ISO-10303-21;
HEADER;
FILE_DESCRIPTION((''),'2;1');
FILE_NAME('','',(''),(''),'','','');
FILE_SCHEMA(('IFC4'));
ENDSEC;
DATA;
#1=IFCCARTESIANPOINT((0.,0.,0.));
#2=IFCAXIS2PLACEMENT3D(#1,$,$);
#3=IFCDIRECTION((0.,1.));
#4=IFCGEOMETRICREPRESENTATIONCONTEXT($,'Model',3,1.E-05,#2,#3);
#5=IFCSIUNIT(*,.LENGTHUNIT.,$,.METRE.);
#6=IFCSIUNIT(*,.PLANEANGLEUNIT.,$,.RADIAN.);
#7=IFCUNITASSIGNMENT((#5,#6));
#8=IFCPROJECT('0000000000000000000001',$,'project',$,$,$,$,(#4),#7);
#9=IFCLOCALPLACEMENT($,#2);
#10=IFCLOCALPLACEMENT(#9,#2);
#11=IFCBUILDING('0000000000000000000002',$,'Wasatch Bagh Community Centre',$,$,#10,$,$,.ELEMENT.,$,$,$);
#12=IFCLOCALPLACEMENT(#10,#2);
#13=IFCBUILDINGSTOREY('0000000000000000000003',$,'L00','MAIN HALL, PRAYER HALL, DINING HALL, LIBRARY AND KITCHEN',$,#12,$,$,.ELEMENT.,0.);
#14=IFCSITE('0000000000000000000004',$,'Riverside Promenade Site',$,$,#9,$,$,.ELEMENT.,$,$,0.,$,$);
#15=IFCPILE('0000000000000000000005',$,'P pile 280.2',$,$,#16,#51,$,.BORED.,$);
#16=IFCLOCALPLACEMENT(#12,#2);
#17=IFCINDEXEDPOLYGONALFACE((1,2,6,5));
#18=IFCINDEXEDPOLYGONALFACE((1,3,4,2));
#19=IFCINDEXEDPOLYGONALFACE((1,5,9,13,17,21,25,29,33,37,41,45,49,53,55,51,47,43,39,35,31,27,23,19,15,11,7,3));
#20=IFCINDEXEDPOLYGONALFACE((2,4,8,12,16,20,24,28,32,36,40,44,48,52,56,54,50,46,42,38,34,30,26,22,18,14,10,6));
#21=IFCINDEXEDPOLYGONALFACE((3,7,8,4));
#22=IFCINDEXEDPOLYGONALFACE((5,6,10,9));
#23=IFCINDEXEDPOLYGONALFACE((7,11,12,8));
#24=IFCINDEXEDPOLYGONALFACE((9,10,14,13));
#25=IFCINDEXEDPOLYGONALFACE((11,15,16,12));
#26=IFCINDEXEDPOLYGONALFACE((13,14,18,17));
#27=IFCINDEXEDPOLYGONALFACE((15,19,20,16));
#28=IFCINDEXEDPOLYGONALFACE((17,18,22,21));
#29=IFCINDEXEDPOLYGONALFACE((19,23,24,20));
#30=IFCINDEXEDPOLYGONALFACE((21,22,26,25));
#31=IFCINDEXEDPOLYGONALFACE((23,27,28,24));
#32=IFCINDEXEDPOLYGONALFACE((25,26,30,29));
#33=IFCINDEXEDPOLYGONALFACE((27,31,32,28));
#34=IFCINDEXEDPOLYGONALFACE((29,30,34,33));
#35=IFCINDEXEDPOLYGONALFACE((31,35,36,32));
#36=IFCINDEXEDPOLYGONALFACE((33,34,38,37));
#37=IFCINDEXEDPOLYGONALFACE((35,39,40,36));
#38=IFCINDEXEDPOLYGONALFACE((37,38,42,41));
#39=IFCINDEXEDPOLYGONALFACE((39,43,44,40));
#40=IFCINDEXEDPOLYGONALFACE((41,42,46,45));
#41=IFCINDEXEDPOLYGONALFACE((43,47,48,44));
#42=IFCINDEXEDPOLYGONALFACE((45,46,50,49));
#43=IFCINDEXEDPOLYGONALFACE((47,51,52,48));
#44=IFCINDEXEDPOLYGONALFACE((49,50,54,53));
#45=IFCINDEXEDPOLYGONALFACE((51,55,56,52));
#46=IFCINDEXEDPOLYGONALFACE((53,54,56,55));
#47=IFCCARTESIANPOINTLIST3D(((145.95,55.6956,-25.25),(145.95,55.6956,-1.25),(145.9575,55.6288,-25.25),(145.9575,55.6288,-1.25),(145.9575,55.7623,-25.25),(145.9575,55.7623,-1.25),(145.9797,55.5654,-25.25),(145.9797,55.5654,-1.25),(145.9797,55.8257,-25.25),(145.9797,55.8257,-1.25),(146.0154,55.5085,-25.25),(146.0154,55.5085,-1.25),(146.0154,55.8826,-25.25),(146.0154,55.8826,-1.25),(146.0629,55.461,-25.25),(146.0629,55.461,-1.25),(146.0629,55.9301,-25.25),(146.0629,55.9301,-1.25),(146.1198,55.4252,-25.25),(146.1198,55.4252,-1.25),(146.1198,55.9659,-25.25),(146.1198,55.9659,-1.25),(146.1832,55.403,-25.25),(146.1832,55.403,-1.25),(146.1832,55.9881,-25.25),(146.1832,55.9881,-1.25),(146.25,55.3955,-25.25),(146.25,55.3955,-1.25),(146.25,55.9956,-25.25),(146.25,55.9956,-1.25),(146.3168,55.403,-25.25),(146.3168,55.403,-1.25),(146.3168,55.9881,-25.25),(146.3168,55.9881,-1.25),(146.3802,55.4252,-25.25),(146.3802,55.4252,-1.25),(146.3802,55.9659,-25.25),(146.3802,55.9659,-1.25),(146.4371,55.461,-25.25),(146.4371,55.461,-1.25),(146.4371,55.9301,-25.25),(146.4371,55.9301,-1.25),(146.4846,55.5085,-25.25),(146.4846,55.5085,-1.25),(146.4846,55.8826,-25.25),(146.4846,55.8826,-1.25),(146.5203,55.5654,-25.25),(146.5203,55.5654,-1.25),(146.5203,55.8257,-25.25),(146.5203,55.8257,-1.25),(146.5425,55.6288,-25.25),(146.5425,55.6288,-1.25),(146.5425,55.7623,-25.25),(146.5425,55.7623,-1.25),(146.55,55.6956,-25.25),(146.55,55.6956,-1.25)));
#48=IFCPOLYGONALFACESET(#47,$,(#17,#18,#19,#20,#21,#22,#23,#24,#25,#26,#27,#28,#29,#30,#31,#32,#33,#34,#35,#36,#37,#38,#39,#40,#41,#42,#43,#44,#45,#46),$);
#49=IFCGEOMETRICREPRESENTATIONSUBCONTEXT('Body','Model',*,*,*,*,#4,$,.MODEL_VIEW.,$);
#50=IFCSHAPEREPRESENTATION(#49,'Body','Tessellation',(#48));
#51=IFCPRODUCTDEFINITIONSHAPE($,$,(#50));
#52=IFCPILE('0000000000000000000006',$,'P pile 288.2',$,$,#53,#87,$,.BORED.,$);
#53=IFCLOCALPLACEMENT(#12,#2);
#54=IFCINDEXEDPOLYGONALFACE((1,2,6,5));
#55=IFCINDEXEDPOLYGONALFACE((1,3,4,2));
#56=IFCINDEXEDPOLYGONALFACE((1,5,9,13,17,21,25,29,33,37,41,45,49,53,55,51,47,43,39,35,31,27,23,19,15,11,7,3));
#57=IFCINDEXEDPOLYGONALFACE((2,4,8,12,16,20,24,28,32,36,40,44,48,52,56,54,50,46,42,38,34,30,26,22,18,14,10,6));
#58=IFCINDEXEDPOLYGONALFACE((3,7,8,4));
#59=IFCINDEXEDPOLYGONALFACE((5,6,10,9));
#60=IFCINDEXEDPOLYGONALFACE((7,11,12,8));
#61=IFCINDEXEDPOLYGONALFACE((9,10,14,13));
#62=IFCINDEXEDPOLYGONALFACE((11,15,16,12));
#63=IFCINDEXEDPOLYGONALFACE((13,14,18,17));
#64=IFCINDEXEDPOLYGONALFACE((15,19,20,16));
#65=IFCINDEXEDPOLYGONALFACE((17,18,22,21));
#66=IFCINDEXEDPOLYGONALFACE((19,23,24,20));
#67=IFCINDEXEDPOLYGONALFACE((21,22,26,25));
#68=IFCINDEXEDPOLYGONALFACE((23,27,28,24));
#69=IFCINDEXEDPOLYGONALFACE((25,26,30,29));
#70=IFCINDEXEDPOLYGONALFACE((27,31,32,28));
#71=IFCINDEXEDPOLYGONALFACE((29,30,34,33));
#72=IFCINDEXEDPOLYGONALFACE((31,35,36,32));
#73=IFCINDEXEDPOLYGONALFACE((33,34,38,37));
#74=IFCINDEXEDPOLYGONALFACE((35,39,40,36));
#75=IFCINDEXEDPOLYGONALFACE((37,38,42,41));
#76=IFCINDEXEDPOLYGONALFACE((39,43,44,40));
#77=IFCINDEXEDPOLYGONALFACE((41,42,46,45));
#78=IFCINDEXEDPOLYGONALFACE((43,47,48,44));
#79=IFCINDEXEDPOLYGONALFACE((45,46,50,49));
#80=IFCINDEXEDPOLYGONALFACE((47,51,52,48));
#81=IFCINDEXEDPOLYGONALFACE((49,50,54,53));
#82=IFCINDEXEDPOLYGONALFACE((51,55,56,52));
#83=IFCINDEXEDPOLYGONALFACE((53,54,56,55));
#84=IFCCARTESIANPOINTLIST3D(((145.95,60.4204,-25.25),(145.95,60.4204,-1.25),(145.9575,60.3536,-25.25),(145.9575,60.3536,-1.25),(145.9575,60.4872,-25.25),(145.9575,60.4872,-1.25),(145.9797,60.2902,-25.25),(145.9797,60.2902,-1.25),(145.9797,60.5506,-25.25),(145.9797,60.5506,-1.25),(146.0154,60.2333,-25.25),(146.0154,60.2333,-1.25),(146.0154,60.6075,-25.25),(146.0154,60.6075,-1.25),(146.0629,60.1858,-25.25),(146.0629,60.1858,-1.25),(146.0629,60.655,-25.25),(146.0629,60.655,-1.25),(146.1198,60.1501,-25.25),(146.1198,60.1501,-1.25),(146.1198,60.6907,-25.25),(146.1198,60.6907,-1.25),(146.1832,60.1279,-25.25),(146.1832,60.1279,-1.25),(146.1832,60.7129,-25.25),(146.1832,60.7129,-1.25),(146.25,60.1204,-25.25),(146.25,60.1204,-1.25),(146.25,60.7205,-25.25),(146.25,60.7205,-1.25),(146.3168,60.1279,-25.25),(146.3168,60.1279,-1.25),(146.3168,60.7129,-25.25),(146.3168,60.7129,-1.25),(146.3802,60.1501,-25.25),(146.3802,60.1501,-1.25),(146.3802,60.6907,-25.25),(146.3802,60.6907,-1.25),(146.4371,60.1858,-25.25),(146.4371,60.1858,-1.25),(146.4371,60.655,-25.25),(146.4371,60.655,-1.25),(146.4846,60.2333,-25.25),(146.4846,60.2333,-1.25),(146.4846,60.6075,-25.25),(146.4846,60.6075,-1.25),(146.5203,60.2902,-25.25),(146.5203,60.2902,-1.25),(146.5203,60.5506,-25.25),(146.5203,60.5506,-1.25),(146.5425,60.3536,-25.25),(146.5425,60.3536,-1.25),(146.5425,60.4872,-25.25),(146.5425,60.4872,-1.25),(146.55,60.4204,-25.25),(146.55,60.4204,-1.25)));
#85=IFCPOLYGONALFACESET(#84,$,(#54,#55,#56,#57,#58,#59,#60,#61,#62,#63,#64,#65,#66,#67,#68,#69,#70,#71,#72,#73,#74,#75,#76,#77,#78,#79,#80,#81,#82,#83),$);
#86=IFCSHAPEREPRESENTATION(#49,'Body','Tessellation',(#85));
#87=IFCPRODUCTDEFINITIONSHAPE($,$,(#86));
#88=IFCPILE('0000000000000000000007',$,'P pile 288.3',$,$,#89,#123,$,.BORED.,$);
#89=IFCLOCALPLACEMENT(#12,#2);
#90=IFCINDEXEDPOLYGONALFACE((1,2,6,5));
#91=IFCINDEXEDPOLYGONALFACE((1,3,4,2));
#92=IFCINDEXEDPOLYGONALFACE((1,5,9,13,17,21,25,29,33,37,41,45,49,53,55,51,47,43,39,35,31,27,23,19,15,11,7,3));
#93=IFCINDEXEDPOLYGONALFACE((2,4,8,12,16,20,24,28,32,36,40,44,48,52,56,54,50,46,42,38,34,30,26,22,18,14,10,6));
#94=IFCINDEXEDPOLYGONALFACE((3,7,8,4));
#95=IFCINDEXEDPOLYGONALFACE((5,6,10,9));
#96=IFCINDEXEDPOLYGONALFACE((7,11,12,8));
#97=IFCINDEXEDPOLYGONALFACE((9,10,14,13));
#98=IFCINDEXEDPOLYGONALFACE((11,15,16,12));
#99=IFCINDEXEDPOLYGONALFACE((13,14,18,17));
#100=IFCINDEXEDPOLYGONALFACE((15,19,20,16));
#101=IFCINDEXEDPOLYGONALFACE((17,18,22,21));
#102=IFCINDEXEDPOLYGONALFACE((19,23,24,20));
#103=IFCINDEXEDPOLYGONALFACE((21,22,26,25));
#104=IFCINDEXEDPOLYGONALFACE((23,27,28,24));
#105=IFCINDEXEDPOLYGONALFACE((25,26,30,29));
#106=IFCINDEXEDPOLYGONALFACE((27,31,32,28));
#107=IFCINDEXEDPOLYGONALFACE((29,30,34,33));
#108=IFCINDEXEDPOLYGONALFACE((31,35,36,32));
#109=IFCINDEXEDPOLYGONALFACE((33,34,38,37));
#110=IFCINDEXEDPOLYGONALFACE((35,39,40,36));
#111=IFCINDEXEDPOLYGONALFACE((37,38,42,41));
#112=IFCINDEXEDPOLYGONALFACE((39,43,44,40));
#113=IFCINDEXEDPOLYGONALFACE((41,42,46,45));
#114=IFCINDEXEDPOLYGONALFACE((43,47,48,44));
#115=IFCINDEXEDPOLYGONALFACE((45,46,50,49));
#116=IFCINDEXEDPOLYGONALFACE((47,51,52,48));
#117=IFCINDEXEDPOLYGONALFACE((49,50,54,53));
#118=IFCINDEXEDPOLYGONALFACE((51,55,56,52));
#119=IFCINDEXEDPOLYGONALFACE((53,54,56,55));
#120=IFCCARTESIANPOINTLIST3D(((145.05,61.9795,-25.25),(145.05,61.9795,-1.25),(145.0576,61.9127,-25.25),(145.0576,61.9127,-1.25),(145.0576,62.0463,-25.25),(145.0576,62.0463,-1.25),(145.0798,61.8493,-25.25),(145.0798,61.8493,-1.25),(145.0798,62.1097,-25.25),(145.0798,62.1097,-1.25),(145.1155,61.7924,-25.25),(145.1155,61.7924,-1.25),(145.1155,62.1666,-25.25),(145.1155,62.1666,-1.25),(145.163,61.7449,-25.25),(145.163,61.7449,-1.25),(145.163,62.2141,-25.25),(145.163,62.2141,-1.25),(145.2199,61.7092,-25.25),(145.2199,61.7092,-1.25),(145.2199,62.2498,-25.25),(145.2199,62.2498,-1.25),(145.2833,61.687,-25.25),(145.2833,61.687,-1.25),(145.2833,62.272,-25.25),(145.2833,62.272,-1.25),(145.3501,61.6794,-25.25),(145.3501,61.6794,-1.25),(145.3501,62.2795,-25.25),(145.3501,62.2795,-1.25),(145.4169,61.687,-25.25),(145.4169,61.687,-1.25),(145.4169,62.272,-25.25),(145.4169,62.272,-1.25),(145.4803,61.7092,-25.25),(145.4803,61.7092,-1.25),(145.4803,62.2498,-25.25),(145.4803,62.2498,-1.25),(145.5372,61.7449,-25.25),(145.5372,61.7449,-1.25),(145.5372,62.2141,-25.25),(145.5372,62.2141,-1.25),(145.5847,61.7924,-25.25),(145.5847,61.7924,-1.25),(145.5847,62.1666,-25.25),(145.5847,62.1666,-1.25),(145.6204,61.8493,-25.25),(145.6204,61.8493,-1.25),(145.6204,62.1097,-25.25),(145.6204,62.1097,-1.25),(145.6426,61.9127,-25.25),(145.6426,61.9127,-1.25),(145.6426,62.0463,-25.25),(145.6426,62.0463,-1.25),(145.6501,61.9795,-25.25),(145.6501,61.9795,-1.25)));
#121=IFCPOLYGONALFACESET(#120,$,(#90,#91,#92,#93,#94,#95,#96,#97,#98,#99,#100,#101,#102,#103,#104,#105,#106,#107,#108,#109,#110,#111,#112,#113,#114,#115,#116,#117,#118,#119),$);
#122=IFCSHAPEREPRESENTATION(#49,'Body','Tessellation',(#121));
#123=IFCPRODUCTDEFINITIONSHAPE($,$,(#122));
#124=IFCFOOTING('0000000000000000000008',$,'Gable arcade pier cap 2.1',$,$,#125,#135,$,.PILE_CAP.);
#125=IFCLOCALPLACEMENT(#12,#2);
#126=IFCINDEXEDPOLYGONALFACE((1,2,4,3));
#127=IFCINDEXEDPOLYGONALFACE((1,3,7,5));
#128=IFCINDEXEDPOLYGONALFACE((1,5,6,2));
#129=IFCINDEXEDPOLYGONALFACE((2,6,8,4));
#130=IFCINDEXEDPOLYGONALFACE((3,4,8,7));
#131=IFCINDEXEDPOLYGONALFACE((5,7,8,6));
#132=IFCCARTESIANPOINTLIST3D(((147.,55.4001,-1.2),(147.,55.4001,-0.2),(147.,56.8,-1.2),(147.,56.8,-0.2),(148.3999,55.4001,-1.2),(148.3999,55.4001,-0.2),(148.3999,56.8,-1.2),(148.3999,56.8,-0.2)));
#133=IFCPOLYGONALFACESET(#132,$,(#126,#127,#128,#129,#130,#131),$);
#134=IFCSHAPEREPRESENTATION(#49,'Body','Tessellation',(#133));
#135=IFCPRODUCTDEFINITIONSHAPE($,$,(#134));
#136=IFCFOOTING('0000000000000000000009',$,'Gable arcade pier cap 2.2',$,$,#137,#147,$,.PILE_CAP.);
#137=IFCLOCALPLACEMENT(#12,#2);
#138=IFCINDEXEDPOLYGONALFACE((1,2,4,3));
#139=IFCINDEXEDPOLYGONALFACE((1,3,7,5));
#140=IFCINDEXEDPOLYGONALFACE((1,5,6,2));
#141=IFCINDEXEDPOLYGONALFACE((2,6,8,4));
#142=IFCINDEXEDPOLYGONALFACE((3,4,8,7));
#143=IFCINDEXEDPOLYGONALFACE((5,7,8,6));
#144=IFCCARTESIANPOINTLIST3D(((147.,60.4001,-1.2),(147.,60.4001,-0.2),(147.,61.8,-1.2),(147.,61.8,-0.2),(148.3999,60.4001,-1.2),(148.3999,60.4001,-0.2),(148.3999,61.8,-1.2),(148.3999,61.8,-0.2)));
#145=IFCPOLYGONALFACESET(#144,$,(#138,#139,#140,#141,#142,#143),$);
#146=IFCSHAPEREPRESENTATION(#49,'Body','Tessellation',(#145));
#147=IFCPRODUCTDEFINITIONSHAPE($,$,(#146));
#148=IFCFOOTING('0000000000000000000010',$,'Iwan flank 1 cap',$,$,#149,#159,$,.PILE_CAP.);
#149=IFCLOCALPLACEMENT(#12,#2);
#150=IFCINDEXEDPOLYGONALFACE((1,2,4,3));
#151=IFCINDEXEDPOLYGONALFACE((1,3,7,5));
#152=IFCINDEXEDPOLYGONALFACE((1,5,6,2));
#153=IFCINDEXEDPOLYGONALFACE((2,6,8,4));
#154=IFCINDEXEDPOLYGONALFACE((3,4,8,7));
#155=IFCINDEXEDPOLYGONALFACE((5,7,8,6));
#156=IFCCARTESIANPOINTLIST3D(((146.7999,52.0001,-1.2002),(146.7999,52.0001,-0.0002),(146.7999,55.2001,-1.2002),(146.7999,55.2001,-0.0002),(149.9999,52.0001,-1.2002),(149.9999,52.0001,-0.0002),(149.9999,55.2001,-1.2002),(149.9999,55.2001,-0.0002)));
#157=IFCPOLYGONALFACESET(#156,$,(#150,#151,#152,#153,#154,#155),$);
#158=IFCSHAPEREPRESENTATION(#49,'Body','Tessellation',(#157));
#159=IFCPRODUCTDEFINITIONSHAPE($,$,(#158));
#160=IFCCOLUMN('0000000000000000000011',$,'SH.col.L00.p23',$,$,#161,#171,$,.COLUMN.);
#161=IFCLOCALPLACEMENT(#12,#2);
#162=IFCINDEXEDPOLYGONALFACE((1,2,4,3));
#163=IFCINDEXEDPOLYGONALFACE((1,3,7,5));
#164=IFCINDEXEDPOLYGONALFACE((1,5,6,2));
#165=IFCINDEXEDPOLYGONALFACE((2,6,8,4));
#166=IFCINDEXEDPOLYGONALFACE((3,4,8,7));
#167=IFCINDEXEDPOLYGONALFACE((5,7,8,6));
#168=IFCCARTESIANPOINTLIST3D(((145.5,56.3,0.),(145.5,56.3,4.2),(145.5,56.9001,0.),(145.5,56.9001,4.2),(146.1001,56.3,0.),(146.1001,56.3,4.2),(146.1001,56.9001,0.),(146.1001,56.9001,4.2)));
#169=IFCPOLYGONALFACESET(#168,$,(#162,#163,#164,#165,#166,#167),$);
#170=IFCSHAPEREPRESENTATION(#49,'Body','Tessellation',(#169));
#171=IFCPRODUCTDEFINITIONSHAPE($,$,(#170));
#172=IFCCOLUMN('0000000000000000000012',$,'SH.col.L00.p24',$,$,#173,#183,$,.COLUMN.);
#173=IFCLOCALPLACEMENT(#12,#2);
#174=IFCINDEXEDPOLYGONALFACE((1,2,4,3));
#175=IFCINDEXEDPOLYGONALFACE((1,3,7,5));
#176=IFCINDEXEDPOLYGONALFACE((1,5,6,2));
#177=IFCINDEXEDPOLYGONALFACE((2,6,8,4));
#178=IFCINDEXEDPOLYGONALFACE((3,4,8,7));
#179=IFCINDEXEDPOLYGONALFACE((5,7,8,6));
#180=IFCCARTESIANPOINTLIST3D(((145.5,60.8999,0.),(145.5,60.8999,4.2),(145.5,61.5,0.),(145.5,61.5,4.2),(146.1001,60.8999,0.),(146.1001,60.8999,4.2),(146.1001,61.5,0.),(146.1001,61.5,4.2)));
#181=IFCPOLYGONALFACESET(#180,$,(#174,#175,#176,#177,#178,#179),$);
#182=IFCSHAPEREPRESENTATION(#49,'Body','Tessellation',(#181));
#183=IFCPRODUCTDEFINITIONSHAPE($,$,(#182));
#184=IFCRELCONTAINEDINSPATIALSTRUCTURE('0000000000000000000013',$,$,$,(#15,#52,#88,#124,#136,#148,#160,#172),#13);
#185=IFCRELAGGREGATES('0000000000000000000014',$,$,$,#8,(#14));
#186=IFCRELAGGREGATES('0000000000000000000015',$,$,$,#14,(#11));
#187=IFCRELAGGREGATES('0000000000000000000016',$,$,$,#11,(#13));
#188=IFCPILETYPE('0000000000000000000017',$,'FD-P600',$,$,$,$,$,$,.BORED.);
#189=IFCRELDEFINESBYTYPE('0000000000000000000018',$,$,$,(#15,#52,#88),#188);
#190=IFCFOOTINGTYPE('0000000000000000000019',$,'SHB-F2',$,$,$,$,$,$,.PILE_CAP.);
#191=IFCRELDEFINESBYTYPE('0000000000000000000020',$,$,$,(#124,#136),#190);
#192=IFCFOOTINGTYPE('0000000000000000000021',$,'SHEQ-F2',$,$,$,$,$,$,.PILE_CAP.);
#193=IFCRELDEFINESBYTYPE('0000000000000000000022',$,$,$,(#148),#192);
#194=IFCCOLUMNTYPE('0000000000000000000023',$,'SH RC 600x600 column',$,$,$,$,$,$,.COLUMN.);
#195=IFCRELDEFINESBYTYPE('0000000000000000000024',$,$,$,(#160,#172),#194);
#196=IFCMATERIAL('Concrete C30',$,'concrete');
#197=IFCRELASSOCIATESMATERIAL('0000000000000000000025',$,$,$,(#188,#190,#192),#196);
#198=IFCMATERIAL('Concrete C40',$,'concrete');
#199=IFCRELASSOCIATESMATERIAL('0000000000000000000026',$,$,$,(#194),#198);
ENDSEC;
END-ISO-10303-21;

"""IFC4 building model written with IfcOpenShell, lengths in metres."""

from ifc_helpers import new_model, si_unit, direction, frame, origin, origin_2d, place, context, subcontext, project, spatial, rectangle, circle, extrude, material, material_profile, profile_set, type_object, element, save


model = new_model("IFC4")

# Units and contexts
model_context = context("Model", 3, precision=1e-05, world=origin(), true_north=direction((0.0, 1.0)))
body_context = subcontext(model_context, "Body", "Model", "MODEL_VIEW")
ifc_project = project(units=[si_unit("LENGTHUNIT", "METRE"), si_unit("PLANEANGLEUNIT", "RADIAN")], contexts=[model_context])

# Site, building, storey
site_placement = place(None, origin())
site = spatial("IfcSite", under=ifc_project, at=site_placement, Name="Riverside Promenade Site", CompositionType="ELEMENT", RefElevation=0.0)
building_placement = place(site_placement, origin())
building = spatial("IfcBuilding", under=site, at=building_placement, Name="Wasatch Bagh Community Centre", CompositionType="ELEMENT")
storey_placement = place(building_placement, origin())
storey = spatial("IfcBuildingStorey", under=building, at=storey_placement, Name="L00", Description="MAIN HALL, PRAYER HALL, DINING HALL, LIBRARY AND KITCHEN", CompositionType="ELEMENT", Elevation=0.0)

# Piles
ifc_material_1 = material(Name="Concrete C30", Category="concrete")
ifc_material_profile_1 = material_profile(ifc_material_1, circle(Radius=0.3, at=origin_2d()), Name="RC D600")
ifc_profile_set_1 = profile_set([ifc_material_profile_1], Name="Concrete C30")
pile_type = type_object("IfcPileType", Name="FD-P600", PredefinedType="BORED", material=ifc_profile_set_1)
for number, where, z_axis, x_axis, name in (
    (1, (146.25, 55.6956, -1.25), (0.0, 0.0, -1.0), (1.0, 0.0, 0.0), "P pile 280.2"),
    (2, (146.25, 60.4204, -1.25), (0.0, 0.0, -1.0), (1.0, 0.0, 0.0), "P pile 288.2"),
    (3, (145.3501, 61.9795, -1.25), (0.0, 0.0, -1.0), (1.0, 0.0, 0.0), "P pile 288.3"),
):
    element("IfcPile", number, at=place(storey_placement, frame(where, z_axis=z_axis, x_axis=x_axis)), inside=storey, type_object=pile_type, Name=name, PredefinedType="BORED", context=body_context, shape_type="SweptSolid", body=[
        extrude(circle(Radius=0.3, at=origin_2d()), origin(), (0.0, 0.0, 1.0), 24.0),
    ])

# Footings
footing_type_1 = type_object("IfcFootingType", Name="SHB-F2", PredefinedType="PILE_CAP", material=ifc_material_1)
for number, where, z_axis, x_axis, name in (
    (4, (147.7, 56.1001, -1.2), (0.0, 0.0, 1.0), (1.0, 0.0, 0.0), "Gable arcade pier cap 2.1"),
    (5, (147.7, 61.1001, -1.2), (0.0, 0.0, 1.0), (1.0, 0.0, 0.0), "Gable arcade pier cap 2.2"),
):
    element("IfcFooting", number, at=place(storey_placement, frame(where, z_axis=z_axis, x_axis=x_axis)), inside=storey, type_object=footing_type_1, Name=name, PredefinedType="PILE_CAP", context=body_context, shape_type="SweptSolid", body=[
        extrude(rectangle(XDim=1.3999, YDim=1.3999, at=origin_2d()), origin(), (0.0, 0.0, 1.0), 1.0),
    ])
footing_type_2 = type_object("IfcFootingType", Name="SHEQ-F2", PredefinedType="PILE_CAP", material=ifc_material_1)
footing_1_placement = place(storey_placement, frame((148.3999, 53.6001, -1.2002), z_axis=(0.0, 0.0, 1.0), x_axis=(1.0, 0.0, 0.0)))
element("IfcFooting", 6, at=footing_1_placement, inside=storey, type_object=footing_type_2, Name="Iwan flank 1 cap", PredefinedType="PILE_CAP", context=body_context, shape_type="SweptSolid", body=[
    extrude(rectangle(XDim=3.2, YDim=3.2, at=origin_2d()), origin(), (0.0, 0.0, 1.0), 1.2),
])

# Columns
ifc_material_2 = material(Name="Concrete C40", Category="concrete")
ifc_material_profile_2 = material_profile(ifc_material_2, rectangle(XDim=0.6001, YDim=0.6001, at=origin_2d()), Name="RC 600x600")
ifc_profile_set_2 = profile_set([ifc_material_profile_2], Name="Concrete C40")
column_type = type_object("IfcColumnType", Name="SH RC 600x600 column", PredefinedType="COLUMN", material=ifc_profile_set_2)
for number, where, z_axis, x_axis, name in (
    (7, (145.8, 56.6001, 0.0), (0.0, 0.0, 1.0), (1.0, 0.0, 0.0), "SH.col.L00.p23"),
    (8, (145.8, 61.2, 0.0), (0.0, 0.0, 1.0), (1.0, 0.0, 0.0), "SH.col.L00.p24"),
):
    element("IfcColumn", number, at=place(storey_placement, frame(where, z_axis=z_axis, x_axis=x_axis)), inside=storey, type_object=column_type, Name=name, PredefinedType="COLUMN", context=body_context, shape_type="SweptSolid", body=[
        extrude(rectangle(XDim=0.6001, YDim=0.6001, at=origin_2d()), origin(), (0.0, 0.0, 1.0), 4.2),
    ])

save(model, "model.ifc")
